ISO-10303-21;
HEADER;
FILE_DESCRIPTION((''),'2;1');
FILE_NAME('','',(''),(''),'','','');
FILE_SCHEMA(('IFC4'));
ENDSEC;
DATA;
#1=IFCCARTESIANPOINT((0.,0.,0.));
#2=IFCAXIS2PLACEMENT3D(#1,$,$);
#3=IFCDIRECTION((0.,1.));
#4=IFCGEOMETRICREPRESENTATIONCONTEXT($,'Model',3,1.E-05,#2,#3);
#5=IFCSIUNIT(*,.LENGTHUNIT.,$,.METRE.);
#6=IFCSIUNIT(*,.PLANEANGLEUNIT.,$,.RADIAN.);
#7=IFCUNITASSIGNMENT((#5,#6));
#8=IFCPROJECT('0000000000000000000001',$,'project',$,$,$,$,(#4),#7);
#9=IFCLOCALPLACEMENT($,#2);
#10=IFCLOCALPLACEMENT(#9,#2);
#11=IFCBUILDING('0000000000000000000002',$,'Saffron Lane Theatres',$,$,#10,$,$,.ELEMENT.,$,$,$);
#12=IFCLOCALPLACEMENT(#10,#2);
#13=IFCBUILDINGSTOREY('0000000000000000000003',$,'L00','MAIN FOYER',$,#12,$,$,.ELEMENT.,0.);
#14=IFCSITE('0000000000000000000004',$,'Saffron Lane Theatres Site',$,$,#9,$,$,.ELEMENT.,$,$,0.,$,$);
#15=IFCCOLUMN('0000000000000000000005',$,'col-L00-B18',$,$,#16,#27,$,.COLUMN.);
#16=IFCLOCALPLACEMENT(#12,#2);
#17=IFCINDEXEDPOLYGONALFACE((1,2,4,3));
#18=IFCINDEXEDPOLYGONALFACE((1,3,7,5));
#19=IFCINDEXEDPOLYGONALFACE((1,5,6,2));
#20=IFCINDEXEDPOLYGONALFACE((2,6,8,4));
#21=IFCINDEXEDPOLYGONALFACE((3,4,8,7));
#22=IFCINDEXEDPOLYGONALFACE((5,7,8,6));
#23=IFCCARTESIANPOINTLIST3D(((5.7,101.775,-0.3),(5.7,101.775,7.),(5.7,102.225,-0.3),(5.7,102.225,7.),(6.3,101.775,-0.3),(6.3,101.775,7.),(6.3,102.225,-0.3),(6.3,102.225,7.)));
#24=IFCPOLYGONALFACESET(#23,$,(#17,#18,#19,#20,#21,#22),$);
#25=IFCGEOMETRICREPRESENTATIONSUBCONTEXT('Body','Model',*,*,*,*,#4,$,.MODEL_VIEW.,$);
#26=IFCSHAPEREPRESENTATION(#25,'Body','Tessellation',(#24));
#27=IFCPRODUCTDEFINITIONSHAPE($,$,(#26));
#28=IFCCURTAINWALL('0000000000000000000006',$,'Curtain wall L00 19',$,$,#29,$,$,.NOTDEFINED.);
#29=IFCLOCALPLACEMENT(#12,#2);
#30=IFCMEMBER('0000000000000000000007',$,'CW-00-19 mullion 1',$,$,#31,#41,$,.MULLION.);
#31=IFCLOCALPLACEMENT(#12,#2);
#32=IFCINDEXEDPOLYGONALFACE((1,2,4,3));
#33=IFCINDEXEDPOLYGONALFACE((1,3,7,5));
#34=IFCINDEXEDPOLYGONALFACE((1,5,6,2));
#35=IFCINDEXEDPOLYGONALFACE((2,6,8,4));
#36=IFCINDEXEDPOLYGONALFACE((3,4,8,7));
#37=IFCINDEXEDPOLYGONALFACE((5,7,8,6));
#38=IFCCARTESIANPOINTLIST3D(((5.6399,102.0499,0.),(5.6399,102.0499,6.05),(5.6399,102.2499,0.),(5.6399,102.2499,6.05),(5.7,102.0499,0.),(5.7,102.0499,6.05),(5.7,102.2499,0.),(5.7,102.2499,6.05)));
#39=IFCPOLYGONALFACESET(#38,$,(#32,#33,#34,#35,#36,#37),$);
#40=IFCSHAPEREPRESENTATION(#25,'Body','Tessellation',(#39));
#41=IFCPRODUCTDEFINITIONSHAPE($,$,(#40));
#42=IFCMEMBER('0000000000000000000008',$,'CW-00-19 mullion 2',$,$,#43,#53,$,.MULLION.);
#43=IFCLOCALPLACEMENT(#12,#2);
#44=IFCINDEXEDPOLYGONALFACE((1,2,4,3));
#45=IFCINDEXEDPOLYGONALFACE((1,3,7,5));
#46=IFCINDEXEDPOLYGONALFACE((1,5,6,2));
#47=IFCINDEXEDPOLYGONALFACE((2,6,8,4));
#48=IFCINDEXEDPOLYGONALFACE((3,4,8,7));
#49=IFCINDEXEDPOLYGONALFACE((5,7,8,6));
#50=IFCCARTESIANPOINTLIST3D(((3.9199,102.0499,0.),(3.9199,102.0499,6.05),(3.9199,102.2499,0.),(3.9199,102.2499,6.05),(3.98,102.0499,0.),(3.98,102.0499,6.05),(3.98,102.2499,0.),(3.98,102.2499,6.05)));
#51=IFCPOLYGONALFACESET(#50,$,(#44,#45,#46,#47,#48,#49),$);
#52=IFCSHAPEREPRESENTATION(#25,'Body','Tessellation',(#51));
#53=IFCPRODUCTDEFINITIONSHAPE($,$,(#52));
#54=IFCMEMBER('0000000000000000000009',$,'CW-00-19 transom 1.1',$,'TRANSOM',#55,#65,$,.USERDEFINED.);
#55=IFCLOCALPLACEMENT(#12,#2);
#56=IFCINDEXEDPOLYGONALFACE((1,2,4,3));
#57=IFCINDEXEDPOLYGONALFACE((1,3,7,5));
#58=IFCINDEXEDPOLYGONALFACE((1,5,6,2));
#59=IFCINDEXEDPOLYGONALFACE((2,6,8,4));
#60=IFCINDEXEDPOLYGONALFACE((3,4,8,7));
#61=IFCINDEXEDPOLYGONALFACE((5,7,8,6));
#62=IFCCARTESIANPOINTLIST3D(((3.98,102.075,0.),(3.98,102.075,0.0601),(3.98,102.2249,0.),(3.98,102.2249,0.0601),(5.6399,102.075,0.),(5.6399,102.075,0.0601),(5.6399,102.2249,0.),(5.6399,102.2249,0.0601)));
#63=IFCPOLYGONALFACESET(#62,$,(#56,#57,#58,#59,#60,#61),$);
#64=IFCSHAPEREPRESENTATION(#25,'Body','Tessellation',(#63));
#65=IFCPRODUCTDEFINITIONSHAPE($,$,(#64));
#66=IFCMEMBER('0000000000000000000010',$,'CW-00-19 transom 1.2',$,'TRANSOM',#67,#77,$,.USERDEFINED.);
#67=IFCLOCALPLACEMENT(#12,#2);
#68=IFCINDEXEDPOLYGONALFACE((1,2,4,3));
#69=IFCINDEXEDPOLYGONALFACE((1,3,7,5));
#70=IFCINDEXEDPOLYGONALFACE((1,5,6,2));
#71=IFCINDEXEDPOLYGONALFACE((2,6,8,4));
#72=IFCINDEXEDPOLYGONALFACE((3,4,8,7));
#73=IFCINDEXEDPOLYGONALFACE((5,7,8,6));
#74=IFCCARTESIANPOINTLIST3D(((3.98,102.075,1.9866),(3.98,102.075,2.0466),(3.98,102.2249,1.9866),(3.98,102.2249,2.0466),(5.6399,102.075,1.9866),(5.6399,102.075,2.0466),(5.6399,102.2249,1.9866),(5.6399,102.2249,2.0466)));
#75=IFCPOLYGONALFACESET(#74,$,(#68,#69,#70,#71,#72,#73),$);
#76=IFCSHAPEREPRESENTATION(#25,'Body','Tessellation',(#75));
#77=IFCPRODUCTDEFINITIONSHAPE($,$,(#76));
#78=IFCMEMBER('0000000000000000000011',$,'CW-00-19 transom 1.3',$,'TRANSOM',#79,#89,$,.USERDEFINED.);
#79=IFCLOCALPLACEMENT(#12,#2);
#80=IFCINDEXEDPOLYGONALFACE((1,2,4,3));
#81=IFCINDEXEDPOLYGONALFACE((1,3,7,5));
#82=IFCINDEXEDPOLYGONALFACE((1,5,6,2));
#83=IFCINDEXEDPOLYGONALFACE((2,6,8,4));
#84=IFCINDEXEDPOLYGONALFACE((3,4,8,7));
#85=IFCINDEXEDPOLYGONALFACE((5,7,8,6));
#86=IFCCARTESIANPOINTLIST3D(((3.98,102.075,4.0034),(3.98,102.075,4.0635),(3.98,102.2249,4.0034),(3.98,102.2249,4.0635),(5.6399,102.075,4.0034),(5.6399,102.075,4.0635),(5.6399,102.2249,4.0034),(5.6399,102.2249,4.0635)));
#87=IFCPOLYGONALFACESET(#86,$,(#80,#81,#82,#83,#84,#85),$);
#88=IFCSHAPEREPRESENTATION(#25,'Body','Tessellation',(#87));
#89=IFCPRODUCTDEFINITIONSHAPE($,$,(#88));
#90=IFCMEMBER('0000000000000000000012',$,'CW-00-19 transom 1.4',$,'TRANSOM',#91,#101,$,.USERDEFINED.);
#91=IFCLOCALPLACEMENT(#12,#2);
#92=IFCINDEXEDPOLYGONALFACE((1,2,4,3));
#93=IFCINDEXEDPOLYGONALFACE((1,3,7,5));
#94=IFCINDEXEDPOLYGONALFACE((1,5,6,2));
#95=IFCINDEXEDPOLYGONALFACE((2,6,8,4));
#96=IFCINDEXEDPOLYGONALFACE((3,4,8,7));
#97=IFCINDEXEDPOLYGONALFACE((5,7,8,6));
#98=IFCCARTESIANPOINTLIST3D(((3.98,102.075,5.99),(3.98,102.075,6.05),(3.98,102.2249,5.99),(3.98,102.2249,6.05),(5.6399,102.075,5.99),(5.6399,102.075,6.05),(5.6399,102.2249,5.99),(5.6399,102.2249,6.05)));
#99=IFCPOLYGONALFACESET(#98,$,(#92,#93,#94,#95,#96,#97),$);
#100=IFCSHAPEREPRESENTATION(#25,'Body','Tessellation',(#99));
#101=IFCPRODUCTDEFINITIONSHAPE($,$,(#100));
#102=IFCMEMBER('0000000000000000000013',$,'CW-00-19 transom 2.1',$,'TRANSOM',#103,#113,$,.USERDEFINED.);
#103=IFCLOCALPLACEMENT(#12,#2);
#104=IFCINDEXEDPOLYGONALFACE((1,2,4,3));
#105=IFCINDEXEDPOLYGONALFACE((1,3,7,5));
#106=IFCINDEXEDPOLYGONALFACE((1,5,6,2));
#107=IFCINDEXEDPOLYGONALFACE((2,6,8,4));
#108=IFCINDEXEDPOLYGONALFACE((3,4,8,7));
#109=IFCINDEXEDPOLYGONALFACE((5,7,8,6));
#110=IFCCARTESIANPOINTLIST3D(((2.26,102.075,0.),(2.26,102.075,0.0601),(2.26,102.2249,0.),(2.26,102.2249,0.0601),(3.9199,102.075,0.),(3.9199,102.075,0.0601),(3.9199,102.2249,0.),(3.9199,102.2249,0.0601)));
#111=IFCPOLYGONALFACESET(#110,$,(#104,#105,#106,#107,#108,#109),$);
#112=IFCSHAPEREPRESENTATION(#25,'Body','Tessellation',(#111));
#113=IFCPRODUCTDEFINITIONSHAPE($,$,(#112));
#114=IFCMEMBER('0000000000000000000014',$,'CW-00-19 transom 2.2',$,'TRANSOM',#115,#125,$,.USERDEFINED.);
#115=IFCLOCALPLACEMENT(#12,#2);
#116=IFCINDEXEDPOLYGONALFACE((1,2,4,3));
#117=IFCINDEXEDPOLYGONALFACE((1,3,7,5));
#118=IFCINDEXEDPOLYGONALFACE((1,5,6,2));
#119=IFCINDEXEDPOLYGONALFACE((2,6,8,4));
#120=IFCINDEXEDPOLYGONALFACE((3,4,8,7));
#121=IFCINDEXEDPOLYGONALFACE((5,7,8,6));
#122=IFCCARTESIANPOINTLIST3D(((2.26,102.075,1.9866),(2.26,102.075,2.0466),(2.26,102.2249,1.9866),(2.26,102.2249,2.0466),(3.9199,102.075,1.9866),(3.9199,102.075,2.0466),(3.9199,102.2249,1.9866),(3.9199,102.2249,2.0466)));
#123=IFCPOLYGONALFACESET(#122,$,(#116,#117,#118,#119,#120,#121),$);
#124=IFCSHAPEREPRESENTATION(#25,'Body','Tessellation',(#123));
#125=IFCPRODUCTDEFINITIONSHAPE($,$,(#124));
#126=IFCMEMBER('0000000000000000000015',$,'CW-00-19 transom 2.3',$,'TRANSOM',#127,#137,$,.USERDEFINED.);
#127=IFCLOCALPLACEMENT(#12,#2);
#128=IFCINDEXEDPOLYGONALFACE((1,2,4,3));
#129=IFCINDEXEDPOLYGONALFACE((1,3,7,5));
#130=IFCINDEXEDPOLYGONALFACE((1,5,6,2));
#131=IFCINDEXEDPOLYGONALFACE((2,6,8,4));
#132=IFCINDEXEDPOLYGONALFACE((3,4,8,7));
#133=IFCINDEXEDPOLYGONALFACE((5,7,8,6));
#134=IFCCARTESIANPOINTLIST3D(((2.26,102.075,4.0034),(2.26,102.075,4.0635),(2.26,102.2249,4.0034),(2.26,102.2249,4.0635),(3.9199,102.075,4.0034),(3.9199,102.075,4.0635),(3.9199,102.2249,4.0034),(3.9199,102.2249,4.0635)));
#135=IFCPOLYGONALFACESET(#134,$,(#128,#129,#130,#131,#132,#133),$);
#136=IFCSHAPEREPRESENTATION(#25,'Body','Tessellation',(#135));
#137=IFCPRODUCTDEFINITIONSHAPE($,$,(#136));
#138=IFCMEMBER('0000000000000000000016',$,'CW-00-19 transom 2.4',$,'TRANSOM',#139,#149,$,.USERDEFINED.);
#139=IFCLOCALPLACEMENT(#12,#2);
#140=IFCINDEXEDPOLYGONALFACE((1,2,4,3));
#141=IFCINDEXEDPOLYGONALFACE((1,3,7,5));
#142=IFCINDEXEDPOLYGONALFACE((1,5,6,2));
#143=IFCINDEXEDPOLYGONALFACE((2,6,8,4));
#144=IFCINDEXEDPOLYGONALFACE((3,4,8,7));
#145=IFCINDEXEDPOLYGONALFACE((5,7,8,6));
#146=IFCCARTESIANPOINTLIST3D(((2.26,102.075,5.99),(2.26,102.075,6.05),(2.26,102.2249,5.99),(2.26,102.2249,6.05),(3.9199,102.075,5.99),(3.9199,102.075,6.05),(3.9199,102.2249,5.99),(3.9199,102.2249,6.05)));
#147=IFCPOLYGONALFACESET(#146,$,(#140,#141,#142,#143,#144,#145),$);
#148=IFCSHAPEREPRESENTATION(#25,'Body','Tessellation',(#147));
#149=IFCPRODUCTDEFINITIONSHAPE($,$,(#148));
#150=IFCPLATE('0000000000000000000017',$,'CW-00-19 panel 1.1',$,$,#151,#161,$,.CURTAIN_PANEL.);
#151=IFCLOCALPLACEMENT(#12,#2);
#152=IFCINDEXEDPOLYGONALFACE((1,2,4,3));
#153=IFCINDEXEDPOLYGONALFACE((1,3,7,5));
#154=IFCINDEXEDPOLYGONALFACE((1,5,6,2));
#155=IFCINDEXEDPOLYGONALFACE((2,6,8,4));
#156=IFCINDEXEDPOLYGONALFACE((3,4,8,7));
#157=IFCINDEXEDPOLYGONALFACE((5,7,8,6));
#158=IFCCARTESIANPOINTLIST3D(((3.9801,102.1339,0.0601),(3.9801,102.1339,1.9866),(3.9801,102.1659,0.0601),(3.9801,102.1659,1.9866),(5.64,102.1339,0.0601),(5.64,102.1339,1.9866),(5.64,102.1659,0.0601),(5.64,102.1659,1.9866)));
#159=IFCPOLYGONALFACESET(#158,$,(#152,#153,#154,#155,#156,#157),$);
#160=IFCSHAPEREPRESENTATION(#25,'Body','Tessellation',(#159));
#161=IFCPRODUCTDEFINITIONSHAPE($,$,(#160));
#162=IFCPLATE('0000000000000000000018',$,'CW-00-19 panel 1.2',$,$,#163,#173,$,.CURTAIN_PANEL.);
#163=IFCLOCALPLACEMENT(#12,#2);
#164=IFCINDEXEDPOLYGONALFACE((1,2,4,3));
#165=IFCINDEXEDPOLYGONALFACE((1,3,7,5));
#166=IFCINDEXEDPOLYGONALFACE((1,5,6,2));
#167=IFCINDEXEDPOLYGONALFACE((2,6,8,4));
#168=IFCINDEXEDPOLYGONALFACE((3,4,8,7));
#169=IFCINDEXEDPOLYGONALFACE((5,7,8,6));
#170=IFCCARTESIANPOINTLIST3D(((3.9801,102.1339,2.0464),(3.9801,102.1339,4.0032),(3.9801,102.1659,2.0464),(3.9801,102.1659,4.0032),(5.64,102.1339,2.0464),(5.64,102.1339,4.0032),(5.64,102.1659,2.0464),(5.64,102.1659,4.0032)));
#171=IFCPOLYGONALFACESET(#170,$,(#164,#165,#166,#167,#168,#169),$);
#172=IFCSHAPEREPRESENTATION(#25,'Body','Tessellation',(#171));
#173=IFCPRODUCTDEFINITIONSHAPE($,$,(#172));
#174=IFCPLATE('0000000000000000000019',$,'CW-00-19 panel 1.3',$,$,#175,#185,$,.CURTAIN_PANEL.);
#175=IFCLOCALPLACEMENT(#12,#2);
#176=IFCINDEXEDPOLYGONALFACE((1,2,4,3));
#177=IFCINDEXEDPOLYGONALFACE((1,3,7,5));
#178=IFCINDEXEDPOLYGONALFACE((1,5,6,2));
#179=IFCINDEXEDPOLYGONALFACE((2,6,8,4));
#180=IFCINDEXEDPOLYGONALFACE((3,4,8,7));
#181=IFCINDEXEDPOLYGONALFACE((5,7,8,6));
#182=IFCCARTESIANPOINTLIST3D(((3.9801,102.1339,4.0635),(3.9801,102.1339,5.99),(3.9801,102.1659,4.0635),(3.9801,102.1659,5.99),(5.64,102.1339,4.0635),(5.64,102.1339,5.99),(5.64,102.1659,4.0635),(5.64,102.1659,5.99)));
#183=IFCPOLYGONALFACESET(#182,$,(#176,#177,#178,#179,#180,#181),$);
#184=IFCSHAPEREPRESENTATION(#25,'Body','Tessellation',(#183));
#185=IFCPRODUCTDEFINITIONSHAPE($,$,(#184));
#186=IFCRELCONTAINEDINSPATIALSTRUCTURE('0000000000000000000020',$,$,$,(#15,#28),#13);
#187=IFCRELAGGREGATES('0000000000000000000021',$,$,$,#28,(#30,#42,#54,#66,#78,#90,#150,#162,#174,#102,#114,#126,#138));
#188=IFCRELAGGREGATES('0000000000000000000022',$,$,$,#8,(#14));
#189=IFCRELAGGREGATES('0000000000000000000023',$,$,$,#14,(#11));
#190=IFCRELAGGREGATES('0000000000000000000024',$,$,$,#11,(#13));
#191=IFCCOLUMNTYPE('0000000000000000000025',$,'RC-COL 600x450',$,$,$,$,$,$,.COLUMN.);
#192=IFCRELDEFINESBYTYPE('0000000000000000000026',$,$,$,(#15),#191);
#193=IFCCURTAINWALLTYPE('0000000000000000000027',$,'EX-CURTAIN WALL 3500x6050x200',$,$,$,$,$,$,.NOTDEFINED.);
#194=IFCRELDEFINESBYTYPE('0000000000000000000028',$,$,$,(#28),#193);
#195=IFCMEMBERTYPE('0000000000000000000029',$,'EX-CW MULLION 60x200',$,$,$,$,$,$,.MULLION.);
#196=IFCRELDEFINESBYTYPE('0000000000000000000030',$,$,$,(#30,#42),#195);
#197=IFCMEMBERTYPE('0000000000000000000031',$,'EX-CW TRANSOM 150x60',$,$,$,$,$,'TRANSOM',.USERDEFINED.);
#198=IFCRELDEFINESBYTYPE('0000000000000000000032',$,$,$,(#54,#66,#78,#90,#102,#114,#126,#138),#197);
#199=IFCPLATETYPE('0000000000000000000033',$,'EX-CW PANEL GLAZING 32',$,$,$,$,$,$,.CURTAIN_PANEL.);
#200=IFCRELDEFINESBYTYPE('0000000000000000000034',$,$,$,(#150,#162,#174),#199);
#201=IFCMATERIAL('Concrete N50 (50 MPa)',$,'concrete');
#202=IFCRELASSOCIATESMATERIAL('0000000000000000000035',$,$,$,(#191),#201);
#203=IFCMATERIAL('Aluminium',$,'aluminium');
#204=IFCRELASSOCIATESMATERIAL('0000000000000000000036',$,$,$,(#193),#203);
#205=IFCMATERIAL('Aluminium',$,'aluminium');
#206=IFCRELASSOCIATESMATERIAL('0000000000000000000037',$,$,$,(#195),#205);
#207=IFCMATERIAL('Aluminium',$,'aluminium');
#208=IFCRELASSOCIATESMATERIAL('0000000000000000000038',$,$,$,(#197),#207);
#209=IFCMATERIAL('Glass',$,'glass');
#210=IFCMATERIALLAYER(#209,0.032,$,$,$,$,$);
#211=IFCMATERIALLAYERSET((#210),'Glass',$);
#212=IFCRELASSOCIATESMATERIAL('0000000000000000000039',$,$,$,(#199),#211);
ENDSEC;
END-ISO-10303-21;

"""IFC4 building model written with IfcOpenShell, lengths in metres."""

from ifc_helpers import new_model, si_unit, direction, frame, origin, origin_2d, place, context, subcontext, project, spatial, rectangle, extrude, material, layer, layer_set, material_profile, profile_set, type_object, element, aggregate, save


model = new_model("IFC4")

# Units and contexts
model_context = context("Model", 3, precision=1e-05, world=origin(), true_north=direction((0.0, 1.0)))
body_context = subcontext(model_context, "Body", "Model", "MODEL_VIEW")
ifc_project = project(units=[si_unit("LENGTHUNIT", "METRE"), si_unit("PLANEANGLEUNIT", "RADIAN")], contexts=[model_context])

# Site, building, storey
site_placement = place(None, origin())
site = spatial("IfcSite", under=ifc_project, at=site_placement, Name="Saffron Lane Theatres Site", CompositionType="ELEMENT", RefElevation=0.0)
building_placement = place(site_placement, origin())
building = spatial("IfcBuilding", under=site, at=building_placement, Name="Saffron Lane Theatres", CompositionType="ELEMENT")
storey_placement = place(building_placement, origin())
storey = spatial("IfcBuildingStorey", under=building, at=storey_placement, Name="L00", Description="MAIN FOYER", CompositionType="ELEMENT", Elevation=0.0)

# Column
ifc_material_1 = material(Name="Concrete N50 (50 MPa)", Category="concrete")
ifc_material_profile_1 = material_profile(ifc_material_1, rectangle(XDim=0.6001, YDim=0.45, at=origin_2d()))
ifc_profile_set_1 = profile_set([ifc_material_profile_1], Name="Concrete N50 (50 MPa)")
column_type = type_object("IfcColumnType", Name="RC-COL 600x450", PredefinedType="COLUMN", material=ifc_profile_set_1)
column_placement = place(storey_placement, frame((6.0, 102.0, -0.3), z_axis=(0.0, 0.0, 1.0), x_axis=(1.0, 0.0, 0.0)))
element("IfcColumn", 1, at=column_placement, inside=storey, type_object=column_type, Name="col-L00-B18", PredefinedType="COLUMN", context=body_context, shape_type="SweptSolid", body=[
    extrude(rectangle(XDim=0.6001, YDim=0.45, at=origin_2d()), origin(), (0.0, 0.0, 1.0), 7.3),
])

# Curtain wall, members, plates
ifc_material_2 = material(Name="Aluminium", Category="aluminium")
curtain_wall_type = type_object("IfcCurtainWallType", Name="EX-CURTAIN WALL 3500x6050x200", PredefinedType="NOTDEFINED", material=ifc_material_2)
curtain_wall_placement = place(storey_placement, origin())
curtain_wall = element("IfcCurtainWall", 2, at=curtain_wall_placement, inside=storey, type_object=curtain_wall_type, Name="Curtain wall L00 19", PredefinedType="NOTDEFINED")
ifc_material_3 = material(Name="Aluminium", Category="aluminium")
ifc_material_profile_2 = material_profile(ifc_material_3, rectangle(XDim=0.0601, YDim=0.2, at=origin_2d()))
ifc_profile_set_2 = profile_set([ifc_material_profile_2], Name="Aluminium")
member_type_1 = type_object("IfcMemberType", Name="EX-CW MULLION 60x200", PredefinedType="MULLION", material=ifc_profile_set_2)
member_1_placement = place(storey_placement, frame((5.6699, 102.1499, 0.0), z_axis=(0.0, 0.0, 1.0), x_axis=(-1.0, 0.0, 0.0)))
member_1 = element("IfcMember", 3, at=member_1_placement, type_object=member_type_1, Name="CW-00-19 mullion 1", PredefinedType="MULLION", context=body_context, shape_type="SweptSolid", body=[
    extrude(rectangle(XDim=0.0601, YDim=0.2, at=origin_2d()), origin(), (0.0, 0.0, 1.0), 6.05),
])
member_2_placement = place(storey_placement, frame((3.95, 102.1499, 0.0), z_axis=(0.0, 0.0, 1.0), x_axis=(-1.0, 0.0, 0.0)))
member_2 = element("IfcMember", 4, at=member_2_placement, type_object=member_type_1, Name="CW-00-19 mullion 2", PredefinedType="MULLION", context=body_context, shape_type="SweptSolid", body=[
    extrude(rectangle(XDim=0.0601, YDim=0.2, at=origin_2d()), origin(), (0.0, 0.0, 1.0), 6.05),
])
ifc_material_4 = material(Name="Aluminium", Category="aluminium")
ifc_material_profile_3 = material_profile(ifc_material_4, rectangle(XDim=0.1499, YDim=0.0601, at=origin_2d()))
ifc_profile_set_3 = profile_set([ifc_material_profile_3], Name="Aluminium")
member_type_2 = type_object("IfcMemberType", Name="EX-CW TRANSOM 150x60", ElementType="TRANSOM", PredefinedType="USERDEFINED", material=ifc_profile_set_3)
member_3_placement = place(storey_placement, frame((5.6399, 102.1499, 0.03), z_axis=(-1.0, 0.0, 0.0), x_axis=(0.0, -1.0, 0.0)))
member_3 = element("IfcMember", 5, at=member_3_placement, type_object=member_type_2, Name="CW-00-19 transom 1.1", ObjectType="TRANSOM", PredefinedType="USERDEFINED", context=body_context, shape_type="SweptSolid", body=[
    extrude(rectangle(XDim=0.1499, YDim=0.0601, at=origin_2d()), origin(), (0.0, 0.0, 1.0), 1.6599),
])
member_4_placement = place(storey_placement, frame((5.6399, 102.1499, 2.0166), z_axis=(-1.0, 0.0, 0.0), x_axis=(0.0, -1.0, 0.0)))
member_4 = element("IfcMember", 6, at=member_4_placement, type_object=member_type_2, Name="CW-00-19 transom 1.2", ObjectType="TRANSOM", PredefinedType="USERDEFINED", context=body_context, shape_type="SweptSolid", body=[
    extrude(rectangle(XDim=0.1499, YDim=0.0601, at=origin_2d()), origin(), (0.0, 0.0, 1.0), 1.6599),
])
member_5_placement = place(storey_placement, frame((5.6399, 102.1499, 4.0334), z_axis=(-1.0, 0.0, 0.0), x_axis=(0.0, -1.0, 0.0)))
member_5 = element("IfcMember", 7, at=member_5_placement, type_object=member_type_2, Name="CW-00-19 transom 1.3", ObjectType="TRANSOM", PredefinedType="USERDEFINED", context=body_context, shape_type="SweptSolid", body=[
    extrude(rectangle(XDim=0.1499, YDim=0.0601, at=origin_2d()), origin(), (0.0, 0.0, 1.0), 1.6599),
])
member_6_placement = place(storey_placement, frame((5.6399, 102.1499, 6.02), z_axis=(-1.0, 0.0, 0.0), x_axis=(0.0, -1.0, 0.0)))
member_6 = element("IfcMember", 8, at=member_6_placement, type_object=member_type_2, Name="CW-00-19 transom 1.4", ObjectType="TRANSOM", PredefinedType="USERDEFINED", context=body_context, shape_type="SweptSolid", body=[
    extrude(rectangle(XDim=0.1499, YDim=0.0601, at=origin_2d()), origin(), (0.0, 0.0, 1.0), 1.6599),
])
member_7_placement = place(storey_placement, frame((3.9199, 102.1499, 0.03), z_axis=(-1.0, 0.0, 0.0), x_axis=(0.0, -1.0, 0.0)))
member_7 = element("IfcMember", 9, at=member_7_placement, type_object=member_type_2, Name="CW-00-19 transom 2.1", ObjectType="TRANSOM", PredefinedType="USERDEFINED", context=body_context, shape_type="SweptSolid", body=[
    extrude(rectangle(XDim=0.1499, YDim=0.0601, at=origin_2d()), origin(), (0.0, 0.0, 1.0), 1.6599),
])
member_8_placement = place(storey_placement, frame((3.9199, 102.1499, 2.0166), z_axis=(-1.0, 0.0, 0.0), x_axis=(0.0, -1.0, 0.0)))
member_8 = element("IfcMember", 10, at=member_8_placement, type_object=member_type_2, Name="CW-00-19 transom 2.2", ObjectType="TRANSOM", PredefinedType="USERDEFINED", context=body_context, shape_type="SweptSolid", body=[
    extrude(rectangle(XDim=0.1499, YDim=0.0601, at=origin_2d()), origin(), (0.0, 0.0, 1.0), 1.6599),
])
member_9_placement = place(storey_placement, frame((3.9199, 102.1499, 4.0334), z_axis=(-1.0, 0.0, 0.0), x_axis=(0.0, -1.0, 0.0)))
member_9 = element("IfcMember", 11, at=member_9_placement, type_object=member_type_2, Name="CW-00-19 transom 2.3", ObjectType="TRANSOM", PredefinedType="USERDEFINED", context=body_context, shape_type="SweptSolid", body=[
    extrude(rectangle(XDim=0.1499, YDim=0.0601, at=origin_2d()), origin(), (0.0, 0.0, 1.0), 1.6599),
])
member_10_placement = place(storey_placement, frame((3.9199, 102.1499, 6.02), z_axis=(-1.0, 0.0, 0.0), x_axis=(0.0, -1.0, 0.0)))
member_10 = element("IfcMember", 12, at=member_10_placement, type_object=member_type_2, Name="CW-00-19 transom 2.4", ObjectType="TRANSOM", PredefinedType="USERDEFINED", context=body_context, shape_type="SweptSolid", body=[
    extrude(rectangle(XDim=0.1499, YDim=0.0601, at=origin_2d()), origin(), (0.0, 0.0, 1.0), 1.6599),
])
ifc_material_5 = material(Name="Glass", Category="glass")
ifc_layer_1 = layer(ifc_material_5, 0.032)
ifc_layer_set_1 = layer_set([ifc_layer_1], Name="Glass")
plate_type = type_object("IfcPlateType", Name="EX-CW PANEL GLAZING 32", PredefinedType="CURTAIN_PANEL", material=ifc_layer_set_1)
plate_1_placement = place(storey_placement, frame((4.8101, 102.1499, 0.0601), z_axis=(0.0, 0.0, 1.0), x_axis=(-1.0, 0.0, 0.0)))
plate_1 = element("IfcPlate", 13, at=plate_1_placement, type_object=plate_type, Name="CW-00-19 panel 1.1", PredefinedType="CURTAIN_PANEL", context=body_context, shape_type="SweptSolid", body=[
    extrude(rectangle(XDim=1.6599, YDim=0.032, at=origin_2d()), origin(), (0.0, 0.0, 1.0), 1.9265),
])
plate_2_placement = place(storey_placement, frame((4.8101, 102.1499, 2.0464), z_axis=(0.0, 0.0, 1.0), x_axis=(-1.0, 0.0, 0.0)))
plate_2 = element("IfcPlate", 14, at=plate_2_placement, type_object=plate_type, Name="CW-00-19 panel 1.2", PredefinedType="CURTAIN_PANEL", context=body_context, shape_type="SweptSolid", body=[
    extrude(rectangle(XDim=1.6599, YDim=0.032, at=origin_2d()), origin(), (0.0, 0.0, 1.0), 1.9568),
])
plate_3_placement = place(storey_placement, frame((4.8101, 102.1499, 4.0635), z_axis=(0.0, 0.0, 1.0), x_axis=(-1.0, 0.0, 0.0)))
plate_3 = element("IfcPlate", 15, at=plate_3_placement, type_object=plate_type, Name="CW-00-19 panel 1.3", PredefinedType="CURTAIN_PANEL", context=body_context, shape_type="SweptSolid", body=[
    extrude(rectangle(XDim=1.6599, YDim=0.032, at=origin_2d()), origin(), (0.0, 0.0, 1.0), 1.9265),
])
aggregate(curtain_wall, [member_1, member_2, member_3, member_4, member_5, member_6, plate_1, plate_2, plate_3, member_7, member_8, member_9, member_10])

save(model, "model.ifc")
